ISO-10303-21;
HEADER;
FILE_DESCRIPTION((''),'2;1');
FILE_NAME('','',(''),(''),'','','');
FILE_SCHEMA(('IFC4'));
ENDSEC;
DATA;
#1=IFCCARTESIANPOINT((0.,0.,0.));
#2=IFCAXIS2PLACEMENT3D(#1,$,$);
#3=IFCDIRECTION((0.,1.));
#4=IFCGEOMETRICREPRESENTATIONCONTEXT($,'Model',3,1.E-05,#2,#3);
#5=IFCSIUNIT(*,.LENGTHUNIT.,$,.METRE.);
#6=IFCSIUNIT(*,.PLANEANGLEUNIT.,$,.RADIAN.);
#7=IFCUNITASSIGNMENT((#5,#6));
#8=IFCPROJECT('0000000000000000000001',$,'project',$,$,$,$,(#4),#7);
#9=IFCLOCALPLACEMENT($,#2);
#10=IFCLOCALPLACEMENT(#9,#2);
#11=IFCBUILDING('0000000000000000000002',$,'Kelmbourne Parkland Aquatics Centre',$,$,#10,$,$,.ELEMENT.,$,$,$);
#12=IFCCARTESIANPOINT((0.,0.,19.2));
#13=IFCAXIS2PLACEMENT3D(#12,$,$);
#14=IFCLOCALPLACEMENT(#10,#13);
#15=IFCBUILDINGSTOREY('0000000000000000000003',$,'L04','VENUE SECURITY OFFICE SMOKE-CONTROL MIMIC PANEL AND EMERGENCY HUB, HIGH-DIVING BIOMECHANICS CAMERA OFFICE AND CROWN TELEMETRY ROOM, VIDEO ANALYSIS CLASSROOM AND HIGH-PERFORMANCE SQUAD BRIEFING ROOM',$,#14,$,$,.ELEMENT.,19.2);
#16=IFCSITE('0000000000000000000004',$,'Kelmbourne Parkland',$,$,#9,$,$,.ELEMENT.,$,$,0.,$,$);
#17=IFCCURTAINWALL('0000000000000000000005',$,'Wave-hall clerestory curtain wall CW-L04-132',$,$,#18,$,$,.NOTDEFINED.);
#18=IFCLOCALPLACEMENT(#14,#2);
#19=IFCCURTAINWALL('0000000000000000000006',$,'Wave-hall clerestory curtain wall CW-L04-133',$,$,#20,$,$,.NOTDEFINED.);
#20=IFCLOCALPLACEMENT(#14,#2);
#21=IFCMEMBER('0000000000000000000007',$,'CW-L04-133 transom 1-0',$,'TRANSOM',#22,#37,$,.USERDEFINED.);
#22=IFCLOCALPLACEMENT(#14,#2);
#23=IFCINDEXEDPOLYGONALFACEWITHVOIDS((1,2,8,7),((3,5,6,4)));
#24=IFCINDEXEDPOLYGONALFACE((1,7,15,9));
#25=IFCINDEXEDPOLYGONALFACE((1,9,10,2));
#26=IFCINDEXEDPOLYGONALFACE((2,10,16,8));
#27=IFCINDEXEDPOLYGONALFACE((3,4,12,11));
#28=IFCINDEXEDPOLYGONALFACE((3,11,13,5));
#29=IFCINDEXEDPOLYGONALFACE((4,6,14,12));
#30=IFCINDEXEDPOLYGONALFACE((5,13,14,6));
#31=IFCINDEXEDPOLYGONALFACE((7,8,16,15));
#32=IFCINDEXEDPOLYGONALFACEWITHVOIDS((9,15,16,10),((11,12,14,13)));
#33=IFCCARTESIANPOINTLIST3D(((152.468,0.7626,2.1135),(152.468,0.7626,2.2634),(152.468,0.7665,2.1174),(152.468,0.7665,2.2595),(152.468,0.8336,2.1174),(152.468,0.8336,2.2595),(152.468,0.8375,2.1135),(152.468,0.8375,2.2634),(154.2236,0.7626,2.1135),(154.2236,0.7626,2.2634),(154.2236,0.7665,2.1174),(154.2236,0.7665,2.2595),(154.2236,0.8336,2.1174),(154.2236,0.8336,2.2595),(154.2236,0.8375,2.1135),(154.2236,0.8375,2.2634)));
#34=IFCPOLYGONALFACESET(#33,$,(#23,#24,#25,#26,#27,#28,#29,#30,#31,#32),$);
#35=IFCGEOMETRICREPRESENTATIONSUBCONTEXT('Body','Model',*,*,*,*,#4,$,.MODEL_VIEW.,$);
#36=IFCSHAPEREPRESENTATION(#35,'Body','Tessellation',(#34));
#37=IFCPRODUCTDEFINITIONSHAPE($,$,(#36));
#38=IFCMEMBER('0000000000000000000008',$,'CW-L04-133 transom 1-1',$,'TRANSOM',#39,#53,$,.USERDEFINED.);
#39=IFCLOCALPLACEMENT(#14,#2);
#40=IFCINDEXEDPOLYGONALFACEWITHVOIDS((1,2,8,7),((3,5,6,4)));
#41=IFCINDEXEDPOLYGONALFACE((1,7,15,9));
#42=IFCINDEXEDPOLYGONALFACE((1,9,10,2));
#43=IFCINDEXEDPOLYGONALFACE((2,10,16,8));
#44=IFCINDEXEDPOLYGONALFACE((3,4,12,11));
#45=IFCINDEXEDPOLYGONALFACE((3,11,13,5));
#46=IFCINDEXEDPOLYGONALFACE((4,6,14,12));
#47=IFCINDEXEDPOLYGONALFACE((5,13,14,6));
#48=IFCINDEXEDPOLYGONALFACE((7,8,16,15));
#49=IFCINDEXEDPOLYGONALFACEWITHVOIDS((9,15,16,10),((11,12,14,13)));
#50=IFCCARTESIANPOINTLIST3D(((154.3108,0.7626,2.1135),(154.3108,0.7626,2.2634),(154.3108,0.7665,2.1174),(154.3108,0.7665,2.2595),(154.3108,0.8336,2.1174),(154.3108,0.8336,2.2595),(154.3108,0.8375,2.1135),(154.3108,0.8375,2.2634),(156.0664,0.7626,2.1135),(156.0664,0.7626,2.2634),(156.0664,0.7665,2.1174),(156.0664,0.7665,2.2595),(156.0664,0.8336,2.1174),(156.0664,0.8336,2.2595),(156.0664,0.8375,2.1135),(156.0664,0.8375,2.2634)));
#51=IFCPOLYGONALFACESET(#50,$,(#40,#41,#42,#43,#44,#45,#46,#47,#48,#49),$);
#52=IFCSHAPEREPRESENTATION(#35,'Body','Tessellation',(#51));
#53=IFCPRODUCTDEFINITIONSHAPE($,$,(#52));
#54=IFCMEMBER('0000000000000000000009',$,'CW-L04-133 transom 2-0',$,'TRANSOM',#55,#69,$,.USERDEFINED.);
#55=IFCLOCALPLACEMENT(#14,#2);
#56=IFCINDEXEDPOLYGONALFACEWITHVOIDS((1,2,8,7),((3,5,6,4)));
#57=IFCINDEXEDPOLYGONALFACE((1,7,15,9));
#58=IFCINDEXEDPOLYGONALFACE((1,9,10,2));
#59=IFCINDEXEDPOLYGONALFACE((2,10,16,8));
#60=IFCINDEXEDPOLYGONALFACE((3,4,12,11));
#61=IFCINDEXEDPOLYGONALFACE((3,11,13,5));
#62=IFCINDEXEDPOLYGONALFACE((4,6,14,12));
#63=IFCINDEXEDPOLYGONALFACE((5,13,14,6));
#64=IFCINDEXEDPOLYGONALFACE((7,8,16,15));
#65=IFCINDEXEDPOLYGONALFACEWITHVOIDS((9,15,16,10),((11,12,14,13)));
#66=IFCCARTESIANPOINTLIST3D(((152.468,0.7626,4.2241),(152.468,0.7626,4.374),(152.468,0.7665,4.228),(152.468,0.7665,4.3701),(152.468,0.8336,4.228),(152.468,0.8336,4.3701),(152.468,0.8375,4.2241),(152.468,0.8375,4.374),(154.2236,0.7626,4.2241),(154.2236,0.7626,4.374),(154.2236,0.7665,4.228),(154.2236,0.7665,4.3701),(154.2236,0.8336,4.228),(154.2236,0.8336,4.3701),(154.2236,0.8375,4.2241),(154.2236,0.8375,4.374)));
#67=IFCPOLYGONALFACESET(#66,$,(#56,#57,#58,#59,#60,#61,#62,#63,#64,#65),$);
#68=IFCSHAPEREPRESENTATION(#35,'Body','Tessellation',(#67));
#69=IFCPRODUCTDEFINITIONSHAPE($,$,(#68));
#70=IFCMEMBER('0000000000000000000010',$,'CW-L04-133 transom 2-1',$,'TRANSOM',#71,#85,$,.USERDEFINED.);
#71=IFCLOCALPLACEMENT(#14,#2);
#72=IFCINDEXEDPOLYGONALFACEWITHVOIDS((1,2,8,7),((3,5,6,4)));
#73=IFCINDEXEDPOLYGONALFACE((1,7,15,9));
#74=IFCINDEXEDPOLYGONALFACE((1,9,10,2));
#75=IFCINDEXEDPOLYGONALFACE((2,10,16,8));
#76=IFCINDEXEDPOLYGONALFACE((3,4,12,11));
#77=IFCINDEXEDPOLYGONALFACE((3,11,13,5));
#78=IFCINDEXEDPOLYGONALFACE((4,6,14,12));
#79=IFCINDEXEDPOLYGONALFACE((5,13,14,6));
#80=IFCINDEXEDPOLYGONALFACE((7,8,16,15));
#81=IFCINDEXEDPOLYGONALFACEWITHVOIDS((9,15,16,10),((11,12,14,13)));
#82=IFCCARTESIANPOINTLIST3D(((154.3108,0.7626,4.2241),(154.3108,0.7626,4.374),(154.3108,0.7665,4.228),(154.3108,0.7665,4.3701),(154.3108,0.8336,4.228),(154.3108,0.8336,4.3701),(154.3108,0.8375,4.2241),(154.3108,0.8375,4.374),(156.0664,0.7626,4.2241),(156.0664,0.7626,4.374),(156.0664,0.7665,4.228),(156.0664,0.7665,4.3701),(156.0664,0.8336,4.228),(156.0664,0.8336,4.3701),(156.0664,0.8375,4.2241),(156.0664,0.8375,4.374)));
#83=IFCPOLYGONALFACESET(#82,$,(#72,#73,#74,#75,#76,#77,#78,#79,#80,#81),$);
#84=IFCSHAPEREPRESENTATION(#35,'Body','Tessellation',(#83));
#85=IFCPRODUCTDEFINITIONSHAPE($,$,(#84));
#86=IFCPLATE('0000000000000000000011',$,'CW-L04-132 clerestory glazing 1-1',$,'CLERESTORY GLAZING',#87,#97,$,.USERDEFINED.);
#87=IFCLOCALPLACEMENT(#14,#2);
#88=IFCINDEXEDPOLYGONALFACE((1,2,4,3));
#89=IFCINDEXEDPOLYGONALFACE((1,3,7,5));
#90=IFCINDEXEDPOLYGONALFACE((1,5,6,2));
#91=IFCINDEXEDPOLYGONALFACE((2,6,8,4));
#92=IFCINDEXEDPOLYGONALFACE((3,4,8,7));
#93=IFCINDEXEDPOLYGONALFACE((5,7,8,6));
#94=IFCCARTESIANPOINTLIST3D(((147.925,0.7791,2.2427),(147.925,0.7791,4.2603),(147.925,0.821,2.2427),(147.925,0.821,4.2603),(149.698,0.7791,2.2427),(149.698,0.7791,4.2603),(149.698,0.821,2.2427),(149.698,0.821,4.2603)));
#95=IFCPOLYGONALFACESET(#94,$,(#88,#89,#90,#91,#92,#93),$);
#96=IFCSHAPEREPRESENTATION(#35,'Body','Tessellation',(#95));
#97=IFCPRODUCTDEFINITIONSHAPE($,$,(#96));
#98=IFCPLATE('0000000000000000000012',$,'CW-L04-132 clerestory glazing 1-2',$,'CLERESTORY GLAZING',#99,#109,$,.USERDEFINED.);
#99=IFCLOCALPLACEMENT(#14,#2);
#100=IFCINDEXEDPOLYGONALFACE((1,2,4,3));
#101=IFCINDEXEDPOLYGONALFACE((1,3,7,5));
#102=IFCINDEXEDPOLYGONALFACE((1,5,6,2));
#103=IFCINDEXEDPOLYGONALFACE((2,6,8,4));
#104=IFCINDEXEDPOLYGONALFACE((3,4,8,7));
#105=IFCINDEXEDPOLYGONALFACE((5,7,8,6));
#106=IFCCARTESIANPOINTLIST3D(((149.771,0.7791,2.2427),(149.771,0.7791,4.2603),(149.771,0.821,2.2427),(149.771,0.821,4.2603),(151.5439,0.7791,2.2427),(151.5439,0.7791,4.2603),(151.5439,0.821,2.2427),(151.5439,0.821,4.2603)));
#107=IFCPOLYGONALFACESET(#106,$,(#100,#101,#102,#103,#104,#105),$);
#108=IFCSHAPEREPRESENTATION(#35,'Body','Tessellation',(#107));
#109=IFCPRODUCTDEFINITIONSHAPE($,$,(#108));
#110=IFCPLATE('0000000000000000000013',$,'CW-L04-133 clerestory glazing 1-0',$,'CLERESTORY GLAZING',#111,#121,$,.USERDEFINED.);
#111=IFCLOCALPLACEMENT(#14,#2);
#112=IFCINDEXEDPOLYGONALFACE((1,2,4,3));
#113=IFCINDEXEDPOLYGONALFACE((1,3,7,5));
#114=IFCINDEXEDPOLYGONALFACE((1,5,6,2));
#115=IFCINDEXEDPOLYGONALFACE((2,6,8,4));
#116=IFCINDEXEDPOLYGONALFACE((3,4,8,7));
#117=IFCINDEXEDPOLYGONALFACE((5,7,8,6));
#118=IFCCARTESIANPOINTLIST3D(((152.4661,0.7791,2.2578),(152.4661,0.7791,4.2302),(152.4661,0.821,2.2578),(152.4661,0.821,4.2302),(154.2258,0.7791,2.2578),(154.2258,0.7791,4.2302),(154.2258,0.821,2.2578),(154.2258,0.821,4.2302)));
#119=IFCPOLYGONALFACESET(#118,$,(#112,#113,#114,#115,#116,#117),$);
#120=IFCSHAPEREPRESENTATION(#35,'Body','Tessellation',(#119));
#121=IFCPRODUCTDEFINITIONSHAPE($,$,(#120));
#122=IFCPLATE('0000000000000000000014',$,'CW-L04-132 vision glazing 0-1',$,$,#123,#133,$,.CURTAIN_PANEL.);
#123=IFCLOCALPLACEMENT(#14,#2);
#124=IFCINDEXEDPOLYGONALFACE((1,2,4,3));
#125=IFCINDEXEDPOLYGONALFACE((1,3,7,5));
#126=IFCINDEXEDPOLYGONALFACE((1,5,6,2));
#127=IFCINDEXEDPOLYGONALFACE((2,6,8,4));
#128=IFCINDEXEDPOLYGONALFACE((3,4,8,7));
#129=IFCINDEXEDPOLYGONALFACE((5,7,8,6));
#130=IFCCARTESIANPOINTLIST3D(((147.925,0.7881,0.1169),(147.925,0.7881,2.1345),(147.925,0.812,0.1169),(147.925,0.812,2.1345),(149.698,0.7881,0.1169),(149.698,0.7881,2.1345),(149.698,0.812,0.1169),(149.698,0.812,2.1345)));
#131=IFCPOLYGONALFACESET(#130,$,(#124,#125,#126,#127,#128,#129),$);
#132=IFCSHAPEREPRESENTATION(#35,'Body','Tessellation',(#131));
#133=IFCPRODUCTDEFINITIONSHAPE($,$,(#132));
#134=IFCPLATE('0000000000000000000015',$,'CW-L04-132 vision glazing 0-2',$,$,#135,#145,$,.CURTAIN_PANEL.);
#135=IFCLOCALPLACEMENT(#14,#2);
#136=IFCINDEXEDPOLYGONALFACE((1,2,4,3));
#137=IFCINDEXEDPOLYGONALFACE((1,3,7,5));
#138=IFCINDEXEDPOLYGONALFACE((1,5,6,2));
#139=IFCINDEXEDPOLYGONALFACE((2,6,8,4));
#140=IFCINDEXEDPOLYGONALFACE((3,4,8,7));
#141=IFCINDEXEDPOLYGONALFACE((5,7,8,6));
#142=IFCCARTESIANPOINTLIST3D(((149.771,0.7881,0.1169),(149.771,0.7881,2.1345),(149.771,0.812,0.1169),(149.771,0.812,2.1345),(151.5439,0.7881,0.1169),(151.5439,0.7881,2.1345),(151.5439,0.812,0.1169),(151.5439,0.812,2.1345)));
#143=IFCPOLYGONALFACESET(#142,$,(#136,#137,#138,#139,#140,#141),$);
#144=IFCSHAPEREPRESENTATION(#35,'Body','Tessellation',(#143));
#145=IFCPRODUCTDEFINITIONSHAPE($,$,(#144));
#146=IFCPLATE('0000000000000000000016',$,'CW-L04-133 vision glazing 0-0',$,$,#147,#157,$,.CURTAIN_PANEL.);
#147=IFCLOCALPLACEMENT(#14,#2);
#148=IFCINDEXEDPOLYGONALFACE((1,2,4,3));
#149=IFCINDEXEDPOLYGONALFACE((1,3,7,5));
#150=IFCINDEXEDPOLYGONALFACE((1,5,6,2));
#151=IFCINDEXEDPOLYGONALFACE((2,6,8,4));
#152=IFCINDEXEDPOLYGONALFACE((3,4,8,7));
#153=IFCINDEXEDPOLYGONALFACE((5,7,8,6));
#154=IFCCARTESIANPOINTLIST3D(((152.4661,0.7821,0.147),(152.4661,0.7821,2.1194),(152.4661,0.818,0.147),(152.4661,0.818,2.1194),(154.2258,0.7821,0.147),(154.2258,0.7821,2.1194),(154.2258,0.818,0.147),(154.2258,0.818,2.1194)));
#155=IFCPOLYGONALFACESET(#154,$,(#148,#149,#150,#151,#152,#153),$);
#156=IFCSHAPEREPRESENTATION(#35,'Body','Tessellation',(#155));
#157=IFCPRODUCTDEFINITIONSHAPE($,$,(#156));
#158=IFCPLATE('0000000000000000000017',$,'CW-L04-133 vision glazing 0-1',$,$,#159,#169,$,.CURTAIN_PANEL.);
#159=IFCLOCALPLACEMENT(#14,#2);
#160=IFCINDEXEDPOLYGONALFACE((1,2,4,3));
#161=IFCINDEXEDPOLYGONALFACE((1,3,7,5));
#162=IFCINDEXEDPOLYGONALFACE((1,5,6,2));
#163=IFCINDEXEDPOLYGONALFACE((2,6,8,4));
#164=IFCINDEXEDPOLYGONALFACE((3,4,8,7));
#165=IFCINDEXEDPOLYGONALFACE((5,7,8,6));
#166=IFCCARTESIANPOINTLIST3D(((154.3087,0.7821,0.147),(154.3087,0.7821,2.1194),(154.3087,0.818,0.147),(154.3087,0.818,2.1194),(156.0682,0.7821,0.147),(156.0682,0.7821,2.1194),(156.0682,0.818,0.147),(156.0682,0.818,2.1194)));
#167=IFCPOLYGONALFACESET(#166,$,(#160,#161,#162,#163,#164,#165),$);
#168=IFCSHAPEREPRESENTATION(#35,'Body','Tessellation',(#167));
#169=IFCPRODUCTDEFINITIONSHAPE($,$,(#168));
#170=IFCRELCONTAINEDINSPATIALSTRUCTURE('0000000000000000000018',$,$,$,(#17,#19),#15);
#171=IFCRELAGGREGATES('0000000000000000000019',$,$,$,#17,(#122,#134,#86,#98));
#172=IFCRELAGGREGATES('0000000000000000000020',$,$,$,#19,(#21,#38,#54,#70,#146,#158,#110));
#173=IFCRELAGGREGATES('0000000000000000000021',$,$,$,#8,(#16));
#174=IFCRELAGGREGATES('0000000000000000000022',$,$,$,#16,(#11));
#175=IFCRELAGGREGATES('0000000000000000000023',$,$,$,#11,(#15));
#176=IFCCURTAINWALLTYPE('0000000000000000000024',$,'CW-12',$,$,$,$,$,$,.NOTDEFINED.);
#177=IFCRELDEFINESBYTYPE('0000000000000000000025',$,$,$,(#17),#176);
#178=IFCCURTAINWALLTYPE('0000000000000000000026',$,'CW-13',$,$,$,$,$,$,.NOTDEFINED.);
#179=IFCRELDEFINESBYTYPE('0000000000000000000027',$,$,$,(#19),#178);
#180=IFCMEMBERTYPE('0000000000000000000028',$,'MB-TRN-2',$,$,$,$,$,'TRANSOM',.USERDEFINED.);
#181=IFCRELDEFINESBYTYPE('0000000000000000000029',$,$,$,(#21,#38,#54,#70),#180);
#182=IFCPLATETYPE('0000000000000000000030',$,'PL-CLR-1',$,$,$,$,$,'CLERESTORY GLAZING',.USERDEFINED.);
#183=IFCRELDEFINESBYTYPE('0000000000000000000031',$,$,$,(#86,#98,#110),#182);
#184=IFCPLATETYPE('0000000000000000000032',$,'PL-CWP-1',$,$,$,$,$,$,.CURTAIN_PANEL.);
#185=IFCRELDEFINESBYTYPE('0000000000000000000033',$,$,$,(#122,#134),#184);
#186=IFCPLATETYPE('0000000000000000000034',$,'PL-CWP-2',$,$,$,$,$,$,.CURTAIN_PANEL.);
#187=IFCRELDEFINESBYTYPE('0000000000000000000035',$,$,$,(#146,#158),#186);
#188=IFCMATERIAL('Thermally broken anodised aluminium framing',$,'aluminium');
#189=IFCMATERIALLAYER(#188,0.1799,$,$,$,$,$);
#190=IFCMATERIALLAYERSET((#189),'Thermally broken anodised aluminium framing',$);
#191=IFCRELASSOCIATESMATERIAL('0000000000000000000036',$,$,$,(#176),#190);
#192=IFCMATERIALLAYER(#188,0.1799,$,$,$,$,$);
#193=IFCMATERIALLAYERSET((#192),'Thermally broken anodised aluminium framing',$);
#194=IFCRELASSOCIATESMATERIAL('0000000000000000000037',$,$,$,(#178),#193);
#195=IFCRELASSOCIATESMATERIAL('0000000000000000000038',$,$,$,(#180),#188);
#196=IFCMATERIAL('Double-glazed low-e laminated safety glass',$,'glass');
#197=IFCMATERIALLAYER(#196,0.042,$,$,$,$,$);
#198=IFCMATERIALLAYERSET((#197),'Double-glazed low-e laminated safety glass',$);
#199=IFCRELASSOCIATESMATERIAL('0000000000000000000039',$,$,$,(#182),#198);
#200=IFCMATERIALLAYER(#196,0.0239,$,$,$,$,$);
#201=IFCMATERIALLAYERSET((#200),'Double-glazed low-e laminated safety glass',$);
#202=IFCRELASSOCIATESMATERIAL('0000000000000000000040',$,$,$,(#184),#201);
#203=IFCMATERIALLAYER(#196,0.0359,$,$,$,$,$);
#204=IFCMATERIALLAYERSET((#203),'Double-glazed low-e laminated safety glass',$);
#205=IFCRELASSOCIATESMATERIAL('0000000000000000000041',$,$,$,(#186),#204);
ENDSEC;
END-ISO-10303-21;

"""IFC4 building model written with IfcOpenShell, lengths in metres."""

from ifc_helpers import new_model, si_unit, direction, frame, origin, origin_2d, place, context, subcontext, project, spatial, rectangle, hollow_rectangle, extrude, material, layer, layer_set, material_profile, profile_set, type_object, element, aggregate, save


model = new_model("IFC4")

# Units and contexts
model_context = context("Model", 3, precision=1e-05, world=origin(), true_north=direction((0.0, 1.0)))
body_context = subcontext(model_context, "Body", "Model", "MODEL_VIEW")
ifc_project = project(units=[si_unit("LENGTHUNIT", "METRE"), si_unit("PLANEANGLEUNIT", "RADIAN")], contexts=[model_context])

# Site, building, storey
site_placement = place(None, origin())
site = spatial("IfcSite", under=ifc_project, at=site_placement, Name="Kelmbourne Parkland", CompositionType="ELEMENT", RefElevation=0.0)
building_placement = place(site_placement, origin())
building = spatial("IfcBuilding", under=site, at=building_placement, Name="Kelmbourne Parkland Aquatics Centre", CompositionType="ELEMENT")
storey_placement = place(building_placement, frame((0.0, 0.0, 19.2)))
storey = spatial("IfcBuildingStorey", under=building, at=storey_placement, Name="L04", Description="VENUE SECURITY OFFICE SMOKE-CONTROL MIMIC PANEL AND EMERGENCY HUB, HIGH-DIVING BIOMECHANICS CAMERA OFFICE AND CROWN TELEMETRY ROOM, VIDEO ANALYSIS CLASSROOM AND HIGH-PERFORMANCE SQUAD BRIEFING ROOM", CompositionType="ELEMENT", Elevation=19.2)

# Curtain walls
ifc_material_1 = material(Name="Thermally broken anodised aluminium framing", Category="aluminium")
ifc_layer_1 = layer(ifc_material_1, 0.1799)
ifc_layer_set_1 = layer_set([ifc_layer_1], Name="Thermally broken anodised aluminium framing")
curtain_wall_type_1 = type_object("IfcCurtainWallType", Name="CW-12", PredefinedType="NOTDEFINED", material=ifc_layer_set_1)
curtain_wall_1_placement = place(storey_placement, origin())
curtain_wall_1 = element("IfcCurtainWall", 1, at=curtain_wall_1_placement, inside=storey, type_object=curtain_wall_type_1, Name="Wave-hall clerestory curtain wall CW-L04-132", PredefinedType="NOTDEFINED")
ifc_layer_2 = layer(ifc_material_1, 0.1799)
ifc_layer_set_2 = layer_set([ifc_layer_2], Name="Thermally broken anodised aluminium framing")
curtain_wall_type_2 = type_object("IfcCurtainWallType", Name="CW-13", PredefinedType="NOTDEFINED", material=ifc_layer_set_2)
curtain_wall_2_placement = place(storey_placement, origin())
curtain_wall_2 = element("IfcCurtainWall", 2, at=curtain_wall_2_placement, inside=storey, type_object=curtain_wall_type_2, Name="Wave-hall clerestory curtain wall CW-L04-133", PredefinedType="NOTDEFINED")

# Members
ifc_material_profile_1 = material_profile(ifc_material_1, hollow_rectangle(XDim=0.075, YDim=0.1499, WallThickness=0.0039, at=origin_2d()), Name="CW-T 75x150")
ifc_profile_set_1 = profile_set([ifc_material_profile_1], Name="Thermally broken anodised aluminium framing")
member_type_1 = type_object("IfcMemberType", Name="MB-TRN-2", ElementType="TRANSOM", PredefinedType="USERDEFINED", material=ifc_profile_set_1)
member_1_placement = place(storey_placement, frame((152.468, 0.8, 2.1885), z_axis=(1.0, 0.0, 0.0), x_axis=(0.0, 1.0, 0.0)))
member_1 = element("IfcMember", 3, at=member_1_placement, type_object=member_type_1, Name="CW-L04-133 transom 1-0", ObjectType="TRANSOM", PredefinedType="USERDEFINED", context=body_context, shape_type="SweptSolid", body=[
    extrude(hollow_rectangle(XDim=0.075, YDim=0.1499, WallThickness=0.0039, at=origin_2d()), origin(), (0.0, 0.0, 1.0), 1.7556),
])
member_2_placement = place(storey_placement, frame((154.3108, 0.8, 2.1885), z_axis=(1.0, 0.0, 0.0), x_axis=(0.0, 1.0, 0.0)))
member_2 = element("IfcMember", 4, at=member_2_placement, type_object=member_type_1, Name="CW-L04-133 transom 1-1", ObjectType="TRANSOM", PredefinedType="USERDEFINED", context=body_context, shape_type="SweptSolid", body=[
    extrude(hollow_rectangle(XDim=0.075, YDim=0.1499, WallThickness=0.0039, at=origin_2d()), origin(), (0.0, 0.0, 1.0), 1.7556),
])
member_3_placement = place(storey_placement, frame((152.468, 0.8, 4.2991), z_axis=(1.0, 0.0, 0.0), x_axis=(0.0, 1.0, 0.0)))
member_3 = element("IfcMember", 5, at=member_3_placement, type_object=member_type_1, Name="CW-L04-133 transom 2-0", ObjectType="TRANSOM", PredefinedType="USERDEFINED", context=body_context, shape_type="SweptSolid", body=[
    extrude(hollow_rectangle(XDim=0.075, YDim=0.1499, WallThickness=0.0039, at=origin_2d()), origin(), (0.0, 0.0, 1.0), 1.7556),
])
member_4_placement = place(storey_placement, frame((154.3108, 0.8, 4.2991), z_axis=(1.0, 0.0, 0.0), x_axis=(0.0, 1.0, 0.0)))
member_4 = element("IfcMember", 6, at=member_4_placement, type_object=member_type_1, Name="CW-L04-133 transom 2-1", ObjectType="TRANSOM", PredefinedType="USERDEFINED", context=body_context, shape_type="SweptSolid", body=[
    extrude(hollow_rectangle(XDim=0.075, YDim=0.1499, WallThickness=0.0039, at=origin_2d()), origin(), (0.0, 0.0, 1.0), 1.7556),
])

# Plates
ifc_material_2 = material(Name="Double-glazed low-e laminated safety glass", Category="glass")
ifc_layer_3 = layer(ifc_material_2, 0.042)
ifc_layer_set_3 = layer_set([ifc_layer_3], Name="Double-glazed low-e laminated safety glass")
plate_type_1 = type_object("IfcPlateType", Name="PL-CLR-1", ElementType="CLERESTORY GLAZING", PredefinedType="USERDEFINED", material=ifc_layer_set_3)
plate_1_placement = place(storey_placement, frame((148.8115, 0.8, 2.2427), z_axis=(0.0, 0.0, 1.0), x_axis=(1.0, 0.0, 0.0)))
plate_1 = element("IfcPlate", 7, at=plate_1_placement, type_object=plate_type_1, Name="CW-L04-132 clerestory glazing 1-1", ObjectType="CLERESTORY GLAZING", PredefinedType="USERDEFINED", context=body_context, shape_type="SweptSolid", body=[
    extrude(rectangle(XDim=1.7729, YDim=0.042, at=origin_2d()), origin(), (0.0, 0.0, 1.0), 2.0176),
])
plate_2_placement = place(storey_placement, frame((150.6575, 0.8, 2.2427), z_axis=(0.0, 0.0, 1.0), x_axis=(1.0, 0.0, 0.0)))
plate_2 = element("IfcPlate", 8, at=plate_2_placement, type_object=plate_type_1, Name="CW-L04-132 clerestory glazing 1-2", ObjectType="CLERESTORY GLAZING", PredefinedType="USERDEFINED", context=body_context, shape_type="SweptSolid", body=[
    extrude(rectangle(XDim=1.7729, YDim=0.042, at=origin_2d()), origin(), (0.0, 0.0, 1.0), 2.0176),
])
plate_3_placement = place(storey_placement, frame((153.3459, 0.8, 2.2578), z_axis=(0.0, 0.0, 1.0), x_axis=(1.0, 0.0, 0.0)))
plate_3 = element("IfcPlate", 9, at=plate_3_placement, type_object=plate_type_1, Name="CW-L04-133 clerestory glazing 1-0", ObjectType="CLERESTORY GLAZING", PredefinedType="USERDEFINED", context=body_context, shape_type="SweptSolid", body=[
    extrude(rectangle(XDim=1.7598, YDim=0.042, at=origin_2d()), origin(), (0.0, 0.0, 1.0), 1.9724),
])
ifc_layer_4 = layer(ifc_material_2, 0.0239)
ifc_layer_set_4 = layer_set([ifc_layer_4], Name="Double-glazed low-e laminated safety glass")
plate_type_2 = type_object("IfcPlateType", Name="PL-CWP-1", PredefinedType="CURTAIN_PANEL", material=ifc_layer_set_4)
plate_4_placement = place(storey_placement, frame((148.8115, 0.8, 0.1169), z_axis=(0.0, 0.0, 1.0), x_axis=(1.0, 0.0, 0.0)))
plate_4 = element("IfcPlate", 10, at=plate_4_placement, type_object=plate_type_2, Name="CW-L04-132 vision glazing 0-1", PredefinedType="CURTAIN_PANEL", context=body_context, shape_type="SweptSolid", body=[
    extrude(rectangle(XDim=1.7729, YDim=0.0239, at=origin_2d()), origin(), (0.0, 0.0, 1.0), 2.0176),
])
plate_5_placement = place(storey_placement, frame((150.6575, 0.8, 0.1169), z_axis=(0.0, 0.0, 1.0), x_axis=(1.0, 0.0, 0.0)))
plate_5 = element("IfcPlate", 11, at=plate_5_placement, type_object=plate_type_2, Name="CW-L04-132 vision glazing 0-2", PredefinedType="CURTAIN_PANEL", context=body_context, shape_type="SweptSolid", body=[
    extrude(rectangle(XDim=1.7729, YDim=0.0239, at=origin_2d()), origin(), (0.0, 0.0, 1.0), 2.0176),
])
aggregate(curtain_wall_1, [plate_4, plate_5, plate_1, plate_2])
ifc_layer_5 = layer(ifc_material_2, 0.0359)
ifc_layer_set_5 = layer_set([ifc_layer_5], Name="Double-glazed low-e laminated safety glass")
plate_type_3 = type_object("IfcPlateType", Name="PL-CWP-2", PredefinedType="CURTAIN_PANEL", material=ifc_layer_set_5)
plate_6_placement = place(storey_placement, frame((153.3459, 0.8, 0.147), z_axis=(0.0, 0.0, 1.0), x_axis=(1.0, 0.0, 0.0)))
plate_6 = element("IfcPlate", 12, at=plate_6_placement, type_object=plate_type_3, Name="CW-L04-133 vision glazing 0-0", PredefinedType="CURTAIN_PANEL", context=body_context, shape_type="SweptSolid", body=[
    extrude(rectangle(XDim=1.7598, YDim=0.0359, at=origin_2d()), origin(), (0.0, 0.0, 1.0), 1.9724),
])
plate_7_placement = place(storey_placement, frame((155.1885, 0.8, 0.147), z_axis=(0.0, 0.0, 1.0), x_axis=(1.0, 0.0, 0.0)))
plate_7 = element("IfcPlate", 13, at=plate_7_placement, type_object=plate_type_3, Name="CW-L04-133 vision glazing 0-1", PredefinedType="CURTAIN_PANEL", context=body_context, shape_type="SweptSolid", body=[
    extrude(rectangle(XDim=1.7595, YDim=0.0359, at=origin_2d()), origin(), (0.0, 0.0, 1.0), 1.9724),
])
aggregate(curtain_wall_2, [member_1, member_2, member_3, member_4, plate_6, plate_7, plate_3])

save(model, "model.ifc")
